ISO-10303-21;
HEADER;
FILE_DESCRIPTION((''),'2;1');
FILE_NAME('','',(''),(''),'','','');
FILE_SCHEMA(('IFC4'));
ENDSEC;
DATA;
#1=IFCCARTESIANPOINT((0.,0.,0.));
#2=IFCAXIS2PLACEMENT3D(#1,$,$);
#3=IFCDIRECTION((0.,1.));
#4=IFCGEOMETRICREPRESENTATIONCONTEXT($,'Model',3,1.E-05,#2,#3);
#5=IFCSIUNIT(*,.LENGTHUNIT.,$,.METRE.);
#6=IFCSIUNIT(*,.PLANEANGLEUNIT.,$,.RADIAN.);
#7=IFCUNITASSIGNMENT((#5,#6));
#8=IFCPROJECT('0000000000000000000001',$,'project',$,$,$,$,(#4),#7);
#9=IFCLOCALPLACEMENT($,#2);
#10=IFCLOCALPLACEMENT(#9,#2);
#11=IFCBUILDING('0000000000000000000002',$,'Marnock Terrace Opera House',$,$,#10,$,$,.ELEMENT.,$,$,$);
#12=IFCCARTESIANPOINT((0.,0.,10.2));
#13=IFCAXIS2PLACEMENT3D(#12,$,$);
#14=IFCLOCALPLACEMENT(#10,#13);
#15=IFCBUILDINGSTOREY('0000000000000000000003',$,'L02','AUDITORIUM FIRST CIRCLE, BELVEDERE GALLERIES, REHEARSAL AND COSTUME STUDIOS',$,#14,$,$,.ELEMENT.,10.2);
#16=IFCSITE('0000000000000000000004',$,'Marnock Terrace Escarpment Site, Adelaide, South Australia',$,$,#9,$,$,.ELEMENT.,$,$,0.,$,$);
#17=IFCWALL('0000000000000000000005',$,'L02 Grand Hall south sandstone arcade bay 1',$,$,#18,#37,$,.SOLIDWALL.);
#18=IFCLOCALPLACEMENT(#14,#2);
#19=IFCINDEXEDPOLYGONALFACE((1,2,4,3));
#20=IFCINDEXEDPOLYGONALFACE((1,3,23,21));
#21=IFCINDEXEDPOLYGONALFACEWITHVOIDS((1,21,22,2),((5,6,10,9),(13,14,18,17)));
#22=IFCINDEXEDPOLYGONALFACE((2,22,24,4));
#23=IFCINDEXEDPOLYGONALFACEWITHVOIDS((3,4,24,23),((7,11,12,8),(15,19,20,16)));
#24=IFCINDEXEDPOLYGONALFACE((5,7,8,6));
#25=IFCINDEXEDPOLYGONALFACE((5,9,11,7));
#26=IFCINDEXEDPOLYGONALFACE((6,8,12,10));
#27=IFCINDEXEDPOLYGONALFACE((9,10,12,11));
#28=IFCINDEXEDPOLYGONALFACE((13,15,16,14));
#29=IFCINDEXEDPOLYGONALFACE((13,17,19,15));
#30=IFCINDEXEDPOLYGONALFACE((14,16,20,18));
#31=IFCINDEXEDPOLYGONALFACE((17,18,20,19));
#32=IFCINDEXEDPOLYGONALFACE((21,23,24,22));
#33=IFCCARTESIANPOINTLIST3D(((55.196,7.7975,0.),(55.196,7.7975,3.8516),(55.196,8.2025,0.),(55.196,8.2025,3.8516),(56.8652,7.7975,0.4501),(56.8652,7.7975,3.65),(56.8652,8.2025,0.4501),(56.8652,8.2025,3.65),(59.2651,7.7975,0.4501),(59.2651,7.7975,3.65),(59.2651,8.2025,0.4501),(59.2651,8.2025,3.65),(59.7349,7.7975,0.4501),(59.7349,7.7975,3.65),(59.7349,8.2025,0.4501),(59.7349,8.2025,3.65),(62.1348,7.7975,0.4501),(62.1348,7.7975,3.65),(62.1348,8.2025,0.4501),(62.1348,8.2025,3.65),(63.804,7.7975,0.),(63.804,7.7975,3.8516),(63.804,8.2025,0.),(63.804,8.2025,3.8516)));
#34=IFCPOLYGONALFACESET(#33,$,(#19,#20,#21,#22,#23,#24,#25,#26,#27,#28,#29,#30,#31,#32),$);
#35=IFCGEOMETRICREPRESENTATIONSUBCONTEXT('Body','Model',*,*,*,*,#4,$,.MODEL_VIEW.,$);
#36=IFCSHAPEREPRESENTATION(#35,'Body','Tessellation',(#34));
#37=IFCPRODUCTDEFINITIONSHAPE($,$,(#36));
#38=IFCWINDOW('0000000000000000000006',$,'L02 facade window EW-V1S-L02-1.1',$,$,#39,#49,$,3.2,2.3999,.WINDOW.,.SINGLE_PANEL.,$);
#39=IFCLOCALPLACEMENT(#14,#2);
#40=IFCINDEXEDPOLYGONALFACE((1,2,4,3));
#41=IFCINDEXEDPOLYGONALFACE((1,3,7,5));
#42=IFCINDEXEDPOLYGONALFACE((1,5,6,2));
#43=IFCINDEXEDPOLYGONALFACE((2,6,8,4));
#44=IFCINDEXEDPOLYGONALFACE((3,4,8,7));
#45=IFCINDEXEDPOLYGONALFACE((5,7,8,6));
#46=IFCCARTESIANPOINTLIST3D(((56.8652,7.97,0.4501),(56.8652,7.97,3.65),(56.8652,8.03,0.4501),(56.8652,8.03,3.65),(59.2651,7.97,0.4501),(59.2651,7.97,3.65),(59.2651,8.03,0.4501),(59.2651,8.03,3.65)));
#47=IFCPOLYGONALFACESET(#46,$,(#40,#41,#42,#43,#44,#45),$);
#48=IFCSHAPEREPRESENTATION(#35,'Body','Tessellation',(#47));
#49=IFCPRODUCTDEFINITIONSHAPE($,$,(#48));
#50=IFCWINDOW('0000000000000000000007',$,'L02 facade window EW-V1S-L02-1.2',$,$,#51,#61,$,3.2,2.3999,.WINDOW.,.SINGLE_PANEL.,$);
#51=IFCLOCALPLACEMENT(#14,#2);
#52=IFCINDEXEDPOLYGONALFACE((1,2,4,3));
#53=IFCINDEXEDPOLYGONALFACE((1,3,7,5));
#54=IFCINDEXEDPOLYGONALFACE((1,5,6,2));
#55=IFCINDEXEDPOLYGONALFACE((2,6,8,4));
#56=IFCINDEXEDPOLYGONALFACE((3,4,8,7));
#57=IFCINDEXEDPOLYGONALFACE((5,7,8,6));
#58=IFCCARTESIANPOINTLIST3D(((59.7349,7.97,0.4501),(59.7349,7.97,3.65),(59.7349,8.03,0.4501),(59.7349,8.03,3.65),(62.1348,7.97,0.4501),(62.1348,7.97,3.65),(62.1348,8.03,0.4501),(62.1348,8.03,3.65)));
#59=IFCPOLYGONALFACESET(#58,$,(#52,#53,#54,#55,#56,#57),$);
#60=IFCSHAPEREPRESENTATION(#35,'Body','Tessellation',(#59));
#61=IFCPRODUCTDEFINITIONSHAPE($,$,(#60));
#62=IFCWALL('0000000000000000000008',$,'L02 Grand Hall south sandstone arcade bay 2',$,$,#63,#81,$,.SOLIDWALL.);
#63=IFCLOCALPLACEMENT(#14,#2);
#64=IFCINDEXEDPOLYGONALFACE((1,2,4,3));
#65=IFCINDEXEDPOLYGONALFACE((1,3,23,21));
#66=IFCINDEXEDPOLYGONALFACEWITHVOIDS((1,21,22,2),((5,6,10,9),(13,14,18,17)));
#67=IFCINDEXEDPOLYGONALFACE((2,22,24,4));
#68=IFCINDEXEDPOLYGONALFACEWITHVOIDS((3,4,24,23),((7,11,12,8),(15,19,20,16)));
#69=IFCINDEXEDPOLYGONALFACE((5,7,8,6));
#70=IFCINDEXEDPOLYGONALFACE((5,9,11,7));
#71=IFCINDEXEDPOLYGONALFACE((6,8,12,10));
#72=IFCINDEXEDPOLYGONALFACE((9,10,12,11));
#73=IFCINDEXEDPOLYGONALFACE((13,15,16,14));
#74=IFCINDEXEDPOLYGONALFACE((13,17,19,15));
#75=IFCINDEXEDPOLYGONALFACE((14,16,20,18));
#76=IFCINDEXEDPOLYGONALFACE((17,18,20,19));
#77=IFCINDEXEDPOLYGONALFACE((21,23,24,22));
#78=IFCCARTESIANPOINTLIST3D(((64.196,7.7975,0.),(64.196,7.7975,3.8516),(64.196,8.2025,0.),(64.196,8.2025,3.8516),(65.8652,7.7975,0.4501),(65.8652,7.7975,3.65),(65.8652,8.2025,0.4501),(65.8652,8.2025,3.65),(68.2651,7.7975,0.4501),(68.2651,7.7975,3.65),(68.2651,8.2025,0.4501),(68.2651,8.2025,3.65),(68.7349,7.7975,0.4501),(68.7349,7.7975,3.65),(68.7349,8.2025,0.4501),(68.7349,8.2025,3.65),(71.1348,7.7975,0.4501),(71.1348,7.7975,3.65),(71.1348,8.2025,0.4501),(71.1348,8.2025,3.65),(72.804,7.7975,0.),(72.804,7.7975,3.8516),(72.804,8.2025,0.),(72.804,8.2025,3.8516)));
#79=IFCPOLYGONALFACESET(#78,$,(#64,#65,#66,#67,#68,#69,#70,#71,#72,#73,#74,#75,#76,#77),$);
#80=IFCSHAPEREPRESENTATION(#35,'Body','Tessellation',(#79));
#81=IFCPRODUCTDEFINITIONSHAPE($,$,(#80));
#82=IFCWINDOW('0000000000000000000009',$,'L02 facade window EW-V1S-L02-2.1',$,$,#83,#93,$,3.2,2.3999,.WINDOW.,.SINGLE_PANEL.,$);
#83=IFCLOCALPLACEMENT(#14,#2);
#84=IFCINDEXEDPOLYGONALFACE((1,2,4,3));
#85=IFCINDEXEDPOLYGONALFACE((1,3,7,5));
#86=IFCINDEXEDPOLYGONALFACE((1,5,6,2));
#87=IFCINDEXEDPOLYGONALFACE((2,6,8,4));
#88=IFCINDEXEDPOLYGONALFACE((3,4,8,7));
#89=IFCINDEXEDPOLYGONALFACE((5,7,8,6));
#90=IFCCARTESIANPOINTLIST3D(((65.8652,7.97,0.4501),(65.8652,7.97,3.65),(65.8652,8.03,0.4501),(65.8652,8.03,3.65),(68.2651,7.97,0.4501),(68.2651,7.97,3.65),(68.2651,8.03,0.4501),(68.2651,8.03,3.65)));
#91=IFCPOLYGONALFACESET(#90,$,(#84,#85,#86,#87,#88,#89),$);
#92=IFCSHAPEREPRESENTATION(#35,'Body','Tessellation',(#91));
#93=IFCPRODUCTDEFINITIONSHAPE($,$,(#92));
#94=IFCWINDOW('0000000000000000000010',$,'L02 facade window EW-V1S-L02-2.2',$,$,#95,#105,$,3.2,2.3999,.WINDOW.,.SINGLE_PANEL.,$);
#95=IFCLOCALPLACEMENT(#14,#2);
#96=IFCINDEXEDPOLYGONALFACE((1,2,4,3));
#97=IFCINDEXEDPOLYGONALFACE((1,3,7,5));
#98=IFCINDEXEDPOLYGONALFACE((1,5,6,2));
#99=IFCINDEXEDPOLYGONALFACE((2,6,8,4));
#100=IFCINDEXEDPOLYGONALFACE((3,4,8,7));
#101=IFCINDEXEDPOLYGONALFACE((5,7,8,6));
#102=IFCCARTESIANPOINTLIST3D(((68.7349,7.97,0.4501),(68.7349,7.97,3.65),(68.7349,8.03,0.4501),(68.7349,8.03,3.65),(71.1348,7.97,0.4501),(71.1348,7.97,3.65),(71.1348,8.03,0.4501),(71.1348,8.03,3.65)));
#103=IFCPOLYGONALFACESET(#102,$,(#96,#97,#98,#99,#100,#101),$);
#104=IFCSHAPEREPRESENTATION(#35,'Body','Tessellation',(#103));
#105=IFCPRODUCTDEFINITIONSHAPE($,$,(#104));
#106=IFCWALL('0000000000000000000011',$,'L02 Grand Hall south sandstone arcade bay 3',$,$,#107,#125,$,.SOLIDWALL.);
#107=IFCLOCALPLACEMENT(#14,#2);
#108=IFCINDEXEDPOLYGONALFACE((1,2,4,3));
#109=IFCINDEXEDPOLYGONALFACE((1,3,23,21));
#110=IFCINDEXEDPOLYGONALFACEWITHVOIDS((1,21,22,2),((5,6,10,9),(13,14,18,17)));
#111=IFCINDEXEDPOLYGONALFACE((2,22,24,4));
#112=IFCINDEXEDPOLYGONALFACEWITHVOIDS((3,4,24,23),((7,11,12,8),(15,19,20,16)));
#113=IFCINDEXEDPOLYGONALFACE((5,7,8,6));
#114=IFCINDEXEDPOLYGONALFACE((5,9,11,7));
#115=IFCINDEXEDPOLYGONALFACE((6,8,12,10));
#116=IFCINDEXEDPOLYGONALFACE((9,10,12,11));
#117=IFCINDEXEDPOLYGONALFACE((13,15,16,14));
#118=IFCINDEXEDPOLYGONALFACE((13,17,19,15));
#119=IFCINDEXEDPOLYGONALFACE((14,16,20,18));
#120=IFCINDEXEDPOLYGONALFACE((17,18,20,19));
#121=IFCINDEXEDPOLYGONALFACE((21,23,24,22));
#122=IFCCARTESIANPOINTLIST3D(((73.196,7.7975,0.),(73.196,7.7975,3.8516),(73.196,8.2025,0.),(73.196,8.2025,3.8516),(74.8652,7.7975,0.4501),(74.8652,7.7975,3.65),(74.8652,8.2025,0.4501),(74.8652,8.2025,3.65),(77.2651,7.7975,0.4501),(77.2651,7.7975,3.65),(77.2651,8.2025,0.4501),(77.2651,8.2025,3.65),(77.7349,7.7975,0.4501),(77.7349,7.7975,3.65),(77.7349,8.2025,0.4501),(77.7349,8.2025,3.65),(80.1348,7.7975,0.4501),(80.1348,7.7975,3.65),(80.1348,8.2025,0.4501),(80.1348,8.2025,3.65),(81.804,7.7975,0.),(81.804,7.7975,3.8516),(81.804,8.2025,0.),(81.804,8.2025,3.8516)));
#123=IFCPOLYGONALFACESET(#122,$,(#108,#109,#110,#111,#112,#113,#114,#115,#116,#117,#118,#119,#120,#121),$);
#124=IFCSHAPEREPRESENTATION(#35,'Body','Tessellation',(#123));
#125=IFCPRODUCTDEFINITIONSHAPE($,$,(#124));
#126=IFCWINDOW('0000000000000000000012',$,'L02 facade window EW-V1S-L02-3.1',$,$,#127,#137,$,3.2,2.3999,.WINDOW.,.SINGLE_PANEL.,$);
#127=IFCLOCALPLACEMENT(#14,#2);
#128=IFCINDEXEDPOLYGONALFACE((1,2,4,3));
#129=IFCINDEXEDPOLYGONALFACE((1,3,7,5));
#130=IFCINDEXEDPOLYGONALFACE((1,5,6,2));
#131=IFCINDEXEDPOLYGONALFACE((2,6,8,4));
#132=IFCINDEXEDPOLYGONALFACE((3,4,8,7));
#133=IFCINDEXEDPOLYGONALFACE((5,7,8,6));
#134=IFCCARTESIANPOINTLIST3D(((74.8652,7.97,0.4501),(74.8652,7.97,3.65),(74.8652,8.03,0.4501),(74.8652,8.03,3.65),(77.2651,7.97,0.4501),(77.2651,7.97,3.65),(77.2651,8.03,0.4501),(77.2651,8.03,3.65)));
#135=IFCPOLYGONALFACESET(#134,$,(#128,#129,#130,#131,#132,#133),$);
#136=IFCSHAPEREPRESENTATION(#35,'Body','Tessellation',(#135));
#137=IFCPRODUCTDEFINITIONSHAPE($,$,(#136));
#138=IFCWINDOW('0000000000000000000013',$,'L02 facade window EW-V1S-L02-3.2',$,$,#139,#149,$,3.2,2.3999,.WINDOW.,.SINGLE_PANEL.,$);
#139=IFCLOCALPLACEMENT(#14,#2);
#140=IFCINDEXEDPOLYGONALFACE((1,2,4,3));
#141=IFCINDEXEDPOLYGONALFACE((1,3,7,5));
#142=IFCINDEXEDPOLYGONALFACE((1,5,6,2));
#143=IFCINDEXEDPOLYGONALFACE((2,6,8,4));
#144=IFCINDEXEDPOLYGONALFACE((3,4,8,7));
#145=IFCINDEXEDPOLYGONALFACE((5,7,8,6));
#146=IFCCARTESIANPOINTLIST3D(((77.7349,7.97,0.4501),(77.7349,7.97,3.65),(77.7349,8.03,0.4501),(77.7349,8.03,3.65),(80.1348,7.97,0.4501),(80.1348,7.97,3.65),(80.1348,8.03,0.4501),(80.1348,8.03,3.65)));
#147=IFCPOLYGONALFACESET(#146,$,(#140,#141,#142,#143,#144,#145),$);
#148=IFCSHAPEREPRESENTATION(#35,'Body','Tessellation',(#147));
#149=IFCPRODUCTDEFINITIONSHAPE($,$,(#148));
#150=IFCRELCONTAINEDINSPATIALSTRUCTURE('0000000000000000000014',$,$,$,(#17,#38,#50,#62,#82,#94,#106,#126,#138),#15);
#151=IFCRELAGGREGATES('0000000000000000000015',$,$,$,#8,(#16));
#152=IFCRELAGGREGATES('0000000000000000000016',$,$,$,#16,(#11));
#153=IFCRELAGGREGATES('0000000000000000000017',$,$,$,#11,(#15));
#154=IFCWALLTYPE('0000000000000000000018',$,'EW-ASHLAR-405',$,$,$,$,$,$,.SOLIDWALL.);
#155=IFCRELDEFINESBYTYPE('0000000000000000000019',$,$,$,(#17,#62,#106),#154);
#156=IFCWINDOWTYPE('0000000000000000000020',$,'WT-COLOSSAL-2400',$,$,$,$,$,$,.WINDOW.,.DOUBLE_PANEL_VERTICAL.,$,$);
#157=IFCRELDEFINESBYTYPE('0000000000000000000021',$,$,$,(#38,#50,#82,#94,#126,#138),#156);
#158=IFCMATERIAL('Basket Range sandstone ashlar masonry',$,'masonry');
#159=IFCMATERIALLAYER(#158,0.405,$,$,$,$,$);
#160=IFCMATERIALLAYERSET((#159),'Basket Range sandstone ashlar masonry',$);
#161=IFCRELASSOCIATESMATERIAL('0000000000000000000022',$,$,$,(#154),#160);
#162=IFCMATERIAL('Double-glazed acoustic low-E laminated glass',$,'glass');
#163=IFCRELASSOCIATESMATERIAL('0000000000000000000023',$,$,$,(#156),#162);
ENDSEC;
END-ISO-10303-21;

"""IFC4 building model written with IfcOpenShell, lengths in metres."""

from ifc_helpers import new_model, si_unit, direction, frame, frame_2d, origin, place, context, subcontext, project, spatial, rectangle, extrude, material, layer, layer_set, type_object, element, fill, save


model = new_model("IFC4")

# Units and contexts
model_context = context("Model", 3, precision=1e-05, world=origin(), true_north=direction((0.0, 1.0)))
body_context = subcontext(model_context, "Body", "Model", "MODEL_VIEW")
ifc_project = project(units=[si_unit("LENGTHUNIT", "METRE"), si_unit("PLANEANGLEUNIT", "RADIAN")], contexts=[model_context])

# Site, building, storey
site_placement = place(None, origin())
site = spatial("IfcSite", under=ifc_project, at=site_placement, Name="Marnock Terrace Escarpment Site, Adelaide, South Australia", CompositionType="ELEMENT", RefElevation=0.0)
building_placement = place(site_placement, origin())
building = spatial("IfcBuilding", under=site, at=building_placement, Name="Marnock Terrace Opera House", CompositionType="ELEMENT")
storey_placement = place(building_placement, frame((0.0, 0.0, 10.2)))
storey = spatial("IfcBuildingStorey", under=building, at=storey_placement, Name="L02", Description="AUDITORIUM FIRST CIRCLE, BELVEDERE GALLERIES, REHEARSAL AND COSTUME STUDIOS", CompositionType="ELEMENT", Elevation=10.2)

# Walls, openings, windows
ifc_material_1 = material(Name="Basket Range sandstone ashlar masonry", Category="masonry")
ifc_layer = layer(ifc_material_1, 0.405)
ifc_layer_set = layer_set([ifc_layer], Name="Basket Range sandstone ashlar masonry")
wall_type = type_object("IfcWallType", Name="EW-ASHLAR-405", PredefinedType="SOLIDWALL", material=ifc_layer_set)
wall_1_placement = place(storey_placement, frame((55.196, 8.0, 0.0), z_axis=(0.0, 0.0, 1.0), x_axis=(1.0, 0.0, 0.0)))
wall_1 = element("IfcWall", 1, at=wall_1_placement, inside=storey, type_object=wall_type, Name="L02 Grand Hall south sandstone arcade bay 1", PredefinedType="SOLIDWALL", context=body_context, shape_type="SweptSolid", body=[
    extrude(rectangle(XDim=8.6079, YDim=0.405, at=frame_2d((4.304, 0.0))), origin(), (0.0, 0.0, 1.0), 3.8516),
])
opening_1_placement = place(wall_1_placement, frame((1.6692, 0.0, 0.45)))
opening_1 = element("IfcOpeningElement", 2, at=opening_1_placement, cuts=wall_1, PredefinedType="OPENING", context=body_context, shape_type="SweptSolid", body=[
    extrude(rectangle(XDim=2.3999, YDim=3.2, at=frame_2d((1.2, 1.6001))), frame((0.0, 0.2124, 0.0), z_axis=(0.0, -1.0, 0.0), x_axis=(1.0, 0.0, 0.0)), (0.0, 0.0, 1.0), 0.425),
])
opening_2_placement = place(wall_1_placement, frame((4.5388, 0.0, 0.45)))
opening_2 = element("IfcOpeningElement", 3, at=opening_2_placement, cuts=wall_1, PredefinedType="OPENING", context=body_context, shape_type="SweptSolid", body=[
    extrude(rectangle(XDim=2.3999, YDim=3.2, at=frame_2d((1.2, 1.6001))), frame((0.0, 0.2124, 0.0), z_axis=(0.0, -1.0, 0.0), x_axis=(1.0, 0.0, 0.0)), (0.0, 0.0, 1.0), 0.425),
])
ifc_material_2 = material(Name="Double-glazed acoustic low-E laminated glass", Category="glass")
window_type = type_object("IfcWindowType", Name="WT-COLOSSAL-2400", PartitioningType="DOUBLE_PANEL_VERTICAL", PredefinedType="WINDOW", material=ifc_material_2)
window_1_placement = place(opening_1_placement, origin())
window_1 = element("IfcWindow", 4, at=window_1_placement, inside=storey, type_object=window_type, Name="L02 facade window EW-V1S-L02-1.1", OverallHeight=3.2, OverallWidth=2.3999, PartitioningType="SINGLE_PANEL", PredefinedType="WINDOW", context=body_context, shape_type="SweptSolid", body=[
    extrude(rectangle(XDim=2.3999, YDim=3.2, at=frame_2d((1.2, 1.6001))), frame((0.0, 0.03, 0.0), z_axis=(0.0, -1.0, 0.0), x_axis=(1.0, 0.0, 0.0)), (0.0, 0.0, 1.0), 0.0601),
])
fill(opening_1, window_1)
window_2_placement = place(opening_2_placement, origin())
window_2 = element("IfcWindow", 5, at=window_2_placement, inside=storey, type_object=window_type, Name="L02 facade window EW-V1S-L02-1.2", OverallHeight=3.2, OverallWidth=2.3999, PartitioningType="SINGLE_PANEL", PredefinedType="WINDOW", context=body_context, shape_type="SweptSolid", body=[
    extrude(rectangle(XDim=2.3999, YDim=3.2, at=frame_2d((1.2, 1.6001))), frame((0.0, 0.03, 0.0), z_axis=(0.0, -1.0, 0.0), x_axis=(1.0, 0.0, 0.0)), (0.0, 0.0, 1.0), 0.0601),
])
fill(opening_2, window_2)
wall_2_placement = place(storey_placement, frame((64.196, 8.0, 0.0), z_axis=(0.0, 0.0, 1.0), x_axis=(1.0, 0.0, 0.0)))
wall_2 = element("IfcWall", 6, at=wall_2_placement, inside=storey, type_object=wall_type, Name="L02 Grand Hall south sandstone arcade bay 2", PredefinedType="SOLIDWALL", context=body_context, shape_type="SweptSolid", body=[
    extrude(rectangle(XDim=8.6079, YDim=0.405, at=frame_2d((4.304, 0.0))), origin(), (0.0, 0.0, 1.0), 3.8516),
])
opening_3_placement = place(wall_2_placement, frame((1.6692, 0.0, 0.45)))
opening_3 = element("IfcOpeningElement", 7, at=opening_3_placement, cuts=wall_2, PredefinedType="OPENING", context=body_context, shape_type="SweptSolid", body=[
    extrude(rectangle(XDim=2.3999, YDim=3.2, at=frame_2d((1.2, 1.6001))), frame((0.0, 0.2124, 0.0), z_axis=(0.0, -1.0, 0.0), x_axis=(1.0, 0.0, 0.0)), (0.0, 0.0, 1.0), 0.425),
])
opening_4_placement = place(wall_2_placement, frame((4.5388, 0.0, 0.45)))
opening_4 = element("IfcOpeningElement", 8, at=opening_4_placement, cuts=wall_2, PredefinedType="OPENING", context=body_context, shape_type="SweptSolid", body=[
    extrude(rectangle(XDim=2.3999, YDim=3.2, at=frame_2d((1.2, 1.6001))), frame((0.0, 0.2124, 0.0), z_axis=(0.0, -1.0, 0.0), x_axis=(1.0, 0.0, 0.0)), (0.0, 0.0, 1.0), 0.425),
])
window_3_placement = place(opening_3_placement, origin())
window_3 = element("IfcWindow", 9, at=window_3_placement, inside=storey, type_object=window_type, Name="L02 facade window EW-V1S-L02-2.1", OverallHeight=3.2, OverallWidth=2.3999, PartitioningType="SINGLE_PANEL", PredefinedType="WINDOW", context=body_context, shape_type="SweptSolid", body=[
    extrude(rectangle(XDim=2.3999, YDim=3.2, at=frame_2d((1.2, 1.6001))), frame((0.0, 0.03, 0.0), z_axis=(0.0, -1.0, 0.0), x_axis=(1.0, 0.0, 0.0)), (0.0, 0.0, 1.0), 0.0601),
])
fill(opening_3, window_3)
window_4_placement = place(opening_4_placement, origin())
window_4 = element("IfcWindow", 10, at=window_4_placement, inside=storey, type_object=window_type, Name="L02 facade window EW-V1S-L02-2.2", OverallHeight=3.2, OverallWidth=2.3999, PartitioningType="SINGLE_PANEL", PredefinedType="WINDOW", context=body_context, shape_type="SweptSolid", body=[
    extrude(rectangle(XDim=2.3999, YDim=3.2, at=frame_2d((1.2, 1.6001))), frame((0.0, 0.03, 0.0), z_axis=(0.0, -1.0, 0.0), x_axis=(1.0, 0.0, 0.0)), (0.0, 0.0, 1.0), 0.0601),
])
fill(opening_4, window_4)
wall_3_placement = place(storey_placement, frame((73.196, 8.0, 0.0), z_axis=(0.0, 0.0, 1.0), x_axis=(1.0, 0.0, 0.0)))
wall_3 = element("IfcWall", 11, at=wall_3_placement, inside=storey, type_object=wall_type, Name="L02 Grand Hall south sandstone arcade bay 3", PredefinedType="SOLIDWALL", context=body_context, shape_type="SweptSolid", body=[
    extrude(rectangle(XDim=8.6079, YDim=0.405, at=frame_2d((4.304, 0.0))), origin(), (0.0, 0.0, 1.0), 3.8516),
])
opening_5_placement = place(wall_3_placement, frame((1.6692, 0.0, 0.45)))
opening_5 = element("IfcOpeningElement", 12, at=opening_5_placement, cuts=wall_3, PredefinedType="OPENING", context=body_context, shape_type="SweptSolid", body=[
    extrude(rectangle(XDim=2.3999, YDim=3.2, at=frame_2d((1.2, 1.6001))), frame((0.0, 0.2124, 0.0), z_axis=(0.0, -1.0, 0.0), x_axis=(1.0, 0.0, 0.0)), (0.0, 0.0, 1.0), 0.425),
])
opening_6_placement = place(wall_3_placement, frame((4.5388, 0.0, 0.45)))
opening_6 = element("IfcOpeningElement", 13, at=opening_6_placement, cuts=wall_3, PredefinedType="OPENING", context=body_context, shape_type="SweptSolid", body=[
    extrude(rectangle(XDim=2.3999, YDim=3.2, at=frame_2d((1.2, 1.6001))), frame((0.0, 0.2124, 0.0), z_axis=(0.0, -1.0, 0.0), x_axis=(1.0, 0.0, 0.0)), (0.0, 0.0, 1.0), 0.425),
])
window_5_placement = place(opening_5_placement, origin())
window_5 = element("IfcWindow", 14, at=window_5_placement, inside=storey, type_object=window_type, Name="L02 facade window EW-V1S-L02-3.1", OverallHeight=3.2, OverallWidth=2.3999, PartitioningType="SINGLE_PANEL", PredefinedType="WINDOW", context=body_context, shape_type="SweptSolid", body=[
    extrude(rectangle(XDim=2.3999, YDim=3.2, at=frame_2d((1.2, 1.6001))), frame((0.0, 0.03, 0.0), z_axis=(0.0, -1.0, 0.0), x_axis=(1.0, 0.0, 0.0)), (0.0, 0.0, 1.0), 0.0601),
])
fill(opening_5, window_5)
window_6_placement = place(opening_6_placement, origin())
window_6 = element("IfcWindow", 15, at=window_6_placement, inside=storey, type_object=window_type, Name="L02 facade window EW-V1S-L02-3.2", OverallHeight=3.2, OverallWidth=2.3999, PartitioningType="SINGLE_PANEL", PredefinedType="WINDOW", context=body_context, shape_type="SweptSolid", body=[
    extrude(rectangle(XDim=2.3999, YDim=3.2, at=frame_2d((1.2, 1.6001))), frame((0.0, 0.03, 0.0), z_axis=(0.0, -1.0, 0.0), x_axis=(1.0, 0.0, 0.0)), (0.0, 0.0, 1.0), 0.0601),
])
fill(opening_6, window_6)

save(model, "model.ifc")
